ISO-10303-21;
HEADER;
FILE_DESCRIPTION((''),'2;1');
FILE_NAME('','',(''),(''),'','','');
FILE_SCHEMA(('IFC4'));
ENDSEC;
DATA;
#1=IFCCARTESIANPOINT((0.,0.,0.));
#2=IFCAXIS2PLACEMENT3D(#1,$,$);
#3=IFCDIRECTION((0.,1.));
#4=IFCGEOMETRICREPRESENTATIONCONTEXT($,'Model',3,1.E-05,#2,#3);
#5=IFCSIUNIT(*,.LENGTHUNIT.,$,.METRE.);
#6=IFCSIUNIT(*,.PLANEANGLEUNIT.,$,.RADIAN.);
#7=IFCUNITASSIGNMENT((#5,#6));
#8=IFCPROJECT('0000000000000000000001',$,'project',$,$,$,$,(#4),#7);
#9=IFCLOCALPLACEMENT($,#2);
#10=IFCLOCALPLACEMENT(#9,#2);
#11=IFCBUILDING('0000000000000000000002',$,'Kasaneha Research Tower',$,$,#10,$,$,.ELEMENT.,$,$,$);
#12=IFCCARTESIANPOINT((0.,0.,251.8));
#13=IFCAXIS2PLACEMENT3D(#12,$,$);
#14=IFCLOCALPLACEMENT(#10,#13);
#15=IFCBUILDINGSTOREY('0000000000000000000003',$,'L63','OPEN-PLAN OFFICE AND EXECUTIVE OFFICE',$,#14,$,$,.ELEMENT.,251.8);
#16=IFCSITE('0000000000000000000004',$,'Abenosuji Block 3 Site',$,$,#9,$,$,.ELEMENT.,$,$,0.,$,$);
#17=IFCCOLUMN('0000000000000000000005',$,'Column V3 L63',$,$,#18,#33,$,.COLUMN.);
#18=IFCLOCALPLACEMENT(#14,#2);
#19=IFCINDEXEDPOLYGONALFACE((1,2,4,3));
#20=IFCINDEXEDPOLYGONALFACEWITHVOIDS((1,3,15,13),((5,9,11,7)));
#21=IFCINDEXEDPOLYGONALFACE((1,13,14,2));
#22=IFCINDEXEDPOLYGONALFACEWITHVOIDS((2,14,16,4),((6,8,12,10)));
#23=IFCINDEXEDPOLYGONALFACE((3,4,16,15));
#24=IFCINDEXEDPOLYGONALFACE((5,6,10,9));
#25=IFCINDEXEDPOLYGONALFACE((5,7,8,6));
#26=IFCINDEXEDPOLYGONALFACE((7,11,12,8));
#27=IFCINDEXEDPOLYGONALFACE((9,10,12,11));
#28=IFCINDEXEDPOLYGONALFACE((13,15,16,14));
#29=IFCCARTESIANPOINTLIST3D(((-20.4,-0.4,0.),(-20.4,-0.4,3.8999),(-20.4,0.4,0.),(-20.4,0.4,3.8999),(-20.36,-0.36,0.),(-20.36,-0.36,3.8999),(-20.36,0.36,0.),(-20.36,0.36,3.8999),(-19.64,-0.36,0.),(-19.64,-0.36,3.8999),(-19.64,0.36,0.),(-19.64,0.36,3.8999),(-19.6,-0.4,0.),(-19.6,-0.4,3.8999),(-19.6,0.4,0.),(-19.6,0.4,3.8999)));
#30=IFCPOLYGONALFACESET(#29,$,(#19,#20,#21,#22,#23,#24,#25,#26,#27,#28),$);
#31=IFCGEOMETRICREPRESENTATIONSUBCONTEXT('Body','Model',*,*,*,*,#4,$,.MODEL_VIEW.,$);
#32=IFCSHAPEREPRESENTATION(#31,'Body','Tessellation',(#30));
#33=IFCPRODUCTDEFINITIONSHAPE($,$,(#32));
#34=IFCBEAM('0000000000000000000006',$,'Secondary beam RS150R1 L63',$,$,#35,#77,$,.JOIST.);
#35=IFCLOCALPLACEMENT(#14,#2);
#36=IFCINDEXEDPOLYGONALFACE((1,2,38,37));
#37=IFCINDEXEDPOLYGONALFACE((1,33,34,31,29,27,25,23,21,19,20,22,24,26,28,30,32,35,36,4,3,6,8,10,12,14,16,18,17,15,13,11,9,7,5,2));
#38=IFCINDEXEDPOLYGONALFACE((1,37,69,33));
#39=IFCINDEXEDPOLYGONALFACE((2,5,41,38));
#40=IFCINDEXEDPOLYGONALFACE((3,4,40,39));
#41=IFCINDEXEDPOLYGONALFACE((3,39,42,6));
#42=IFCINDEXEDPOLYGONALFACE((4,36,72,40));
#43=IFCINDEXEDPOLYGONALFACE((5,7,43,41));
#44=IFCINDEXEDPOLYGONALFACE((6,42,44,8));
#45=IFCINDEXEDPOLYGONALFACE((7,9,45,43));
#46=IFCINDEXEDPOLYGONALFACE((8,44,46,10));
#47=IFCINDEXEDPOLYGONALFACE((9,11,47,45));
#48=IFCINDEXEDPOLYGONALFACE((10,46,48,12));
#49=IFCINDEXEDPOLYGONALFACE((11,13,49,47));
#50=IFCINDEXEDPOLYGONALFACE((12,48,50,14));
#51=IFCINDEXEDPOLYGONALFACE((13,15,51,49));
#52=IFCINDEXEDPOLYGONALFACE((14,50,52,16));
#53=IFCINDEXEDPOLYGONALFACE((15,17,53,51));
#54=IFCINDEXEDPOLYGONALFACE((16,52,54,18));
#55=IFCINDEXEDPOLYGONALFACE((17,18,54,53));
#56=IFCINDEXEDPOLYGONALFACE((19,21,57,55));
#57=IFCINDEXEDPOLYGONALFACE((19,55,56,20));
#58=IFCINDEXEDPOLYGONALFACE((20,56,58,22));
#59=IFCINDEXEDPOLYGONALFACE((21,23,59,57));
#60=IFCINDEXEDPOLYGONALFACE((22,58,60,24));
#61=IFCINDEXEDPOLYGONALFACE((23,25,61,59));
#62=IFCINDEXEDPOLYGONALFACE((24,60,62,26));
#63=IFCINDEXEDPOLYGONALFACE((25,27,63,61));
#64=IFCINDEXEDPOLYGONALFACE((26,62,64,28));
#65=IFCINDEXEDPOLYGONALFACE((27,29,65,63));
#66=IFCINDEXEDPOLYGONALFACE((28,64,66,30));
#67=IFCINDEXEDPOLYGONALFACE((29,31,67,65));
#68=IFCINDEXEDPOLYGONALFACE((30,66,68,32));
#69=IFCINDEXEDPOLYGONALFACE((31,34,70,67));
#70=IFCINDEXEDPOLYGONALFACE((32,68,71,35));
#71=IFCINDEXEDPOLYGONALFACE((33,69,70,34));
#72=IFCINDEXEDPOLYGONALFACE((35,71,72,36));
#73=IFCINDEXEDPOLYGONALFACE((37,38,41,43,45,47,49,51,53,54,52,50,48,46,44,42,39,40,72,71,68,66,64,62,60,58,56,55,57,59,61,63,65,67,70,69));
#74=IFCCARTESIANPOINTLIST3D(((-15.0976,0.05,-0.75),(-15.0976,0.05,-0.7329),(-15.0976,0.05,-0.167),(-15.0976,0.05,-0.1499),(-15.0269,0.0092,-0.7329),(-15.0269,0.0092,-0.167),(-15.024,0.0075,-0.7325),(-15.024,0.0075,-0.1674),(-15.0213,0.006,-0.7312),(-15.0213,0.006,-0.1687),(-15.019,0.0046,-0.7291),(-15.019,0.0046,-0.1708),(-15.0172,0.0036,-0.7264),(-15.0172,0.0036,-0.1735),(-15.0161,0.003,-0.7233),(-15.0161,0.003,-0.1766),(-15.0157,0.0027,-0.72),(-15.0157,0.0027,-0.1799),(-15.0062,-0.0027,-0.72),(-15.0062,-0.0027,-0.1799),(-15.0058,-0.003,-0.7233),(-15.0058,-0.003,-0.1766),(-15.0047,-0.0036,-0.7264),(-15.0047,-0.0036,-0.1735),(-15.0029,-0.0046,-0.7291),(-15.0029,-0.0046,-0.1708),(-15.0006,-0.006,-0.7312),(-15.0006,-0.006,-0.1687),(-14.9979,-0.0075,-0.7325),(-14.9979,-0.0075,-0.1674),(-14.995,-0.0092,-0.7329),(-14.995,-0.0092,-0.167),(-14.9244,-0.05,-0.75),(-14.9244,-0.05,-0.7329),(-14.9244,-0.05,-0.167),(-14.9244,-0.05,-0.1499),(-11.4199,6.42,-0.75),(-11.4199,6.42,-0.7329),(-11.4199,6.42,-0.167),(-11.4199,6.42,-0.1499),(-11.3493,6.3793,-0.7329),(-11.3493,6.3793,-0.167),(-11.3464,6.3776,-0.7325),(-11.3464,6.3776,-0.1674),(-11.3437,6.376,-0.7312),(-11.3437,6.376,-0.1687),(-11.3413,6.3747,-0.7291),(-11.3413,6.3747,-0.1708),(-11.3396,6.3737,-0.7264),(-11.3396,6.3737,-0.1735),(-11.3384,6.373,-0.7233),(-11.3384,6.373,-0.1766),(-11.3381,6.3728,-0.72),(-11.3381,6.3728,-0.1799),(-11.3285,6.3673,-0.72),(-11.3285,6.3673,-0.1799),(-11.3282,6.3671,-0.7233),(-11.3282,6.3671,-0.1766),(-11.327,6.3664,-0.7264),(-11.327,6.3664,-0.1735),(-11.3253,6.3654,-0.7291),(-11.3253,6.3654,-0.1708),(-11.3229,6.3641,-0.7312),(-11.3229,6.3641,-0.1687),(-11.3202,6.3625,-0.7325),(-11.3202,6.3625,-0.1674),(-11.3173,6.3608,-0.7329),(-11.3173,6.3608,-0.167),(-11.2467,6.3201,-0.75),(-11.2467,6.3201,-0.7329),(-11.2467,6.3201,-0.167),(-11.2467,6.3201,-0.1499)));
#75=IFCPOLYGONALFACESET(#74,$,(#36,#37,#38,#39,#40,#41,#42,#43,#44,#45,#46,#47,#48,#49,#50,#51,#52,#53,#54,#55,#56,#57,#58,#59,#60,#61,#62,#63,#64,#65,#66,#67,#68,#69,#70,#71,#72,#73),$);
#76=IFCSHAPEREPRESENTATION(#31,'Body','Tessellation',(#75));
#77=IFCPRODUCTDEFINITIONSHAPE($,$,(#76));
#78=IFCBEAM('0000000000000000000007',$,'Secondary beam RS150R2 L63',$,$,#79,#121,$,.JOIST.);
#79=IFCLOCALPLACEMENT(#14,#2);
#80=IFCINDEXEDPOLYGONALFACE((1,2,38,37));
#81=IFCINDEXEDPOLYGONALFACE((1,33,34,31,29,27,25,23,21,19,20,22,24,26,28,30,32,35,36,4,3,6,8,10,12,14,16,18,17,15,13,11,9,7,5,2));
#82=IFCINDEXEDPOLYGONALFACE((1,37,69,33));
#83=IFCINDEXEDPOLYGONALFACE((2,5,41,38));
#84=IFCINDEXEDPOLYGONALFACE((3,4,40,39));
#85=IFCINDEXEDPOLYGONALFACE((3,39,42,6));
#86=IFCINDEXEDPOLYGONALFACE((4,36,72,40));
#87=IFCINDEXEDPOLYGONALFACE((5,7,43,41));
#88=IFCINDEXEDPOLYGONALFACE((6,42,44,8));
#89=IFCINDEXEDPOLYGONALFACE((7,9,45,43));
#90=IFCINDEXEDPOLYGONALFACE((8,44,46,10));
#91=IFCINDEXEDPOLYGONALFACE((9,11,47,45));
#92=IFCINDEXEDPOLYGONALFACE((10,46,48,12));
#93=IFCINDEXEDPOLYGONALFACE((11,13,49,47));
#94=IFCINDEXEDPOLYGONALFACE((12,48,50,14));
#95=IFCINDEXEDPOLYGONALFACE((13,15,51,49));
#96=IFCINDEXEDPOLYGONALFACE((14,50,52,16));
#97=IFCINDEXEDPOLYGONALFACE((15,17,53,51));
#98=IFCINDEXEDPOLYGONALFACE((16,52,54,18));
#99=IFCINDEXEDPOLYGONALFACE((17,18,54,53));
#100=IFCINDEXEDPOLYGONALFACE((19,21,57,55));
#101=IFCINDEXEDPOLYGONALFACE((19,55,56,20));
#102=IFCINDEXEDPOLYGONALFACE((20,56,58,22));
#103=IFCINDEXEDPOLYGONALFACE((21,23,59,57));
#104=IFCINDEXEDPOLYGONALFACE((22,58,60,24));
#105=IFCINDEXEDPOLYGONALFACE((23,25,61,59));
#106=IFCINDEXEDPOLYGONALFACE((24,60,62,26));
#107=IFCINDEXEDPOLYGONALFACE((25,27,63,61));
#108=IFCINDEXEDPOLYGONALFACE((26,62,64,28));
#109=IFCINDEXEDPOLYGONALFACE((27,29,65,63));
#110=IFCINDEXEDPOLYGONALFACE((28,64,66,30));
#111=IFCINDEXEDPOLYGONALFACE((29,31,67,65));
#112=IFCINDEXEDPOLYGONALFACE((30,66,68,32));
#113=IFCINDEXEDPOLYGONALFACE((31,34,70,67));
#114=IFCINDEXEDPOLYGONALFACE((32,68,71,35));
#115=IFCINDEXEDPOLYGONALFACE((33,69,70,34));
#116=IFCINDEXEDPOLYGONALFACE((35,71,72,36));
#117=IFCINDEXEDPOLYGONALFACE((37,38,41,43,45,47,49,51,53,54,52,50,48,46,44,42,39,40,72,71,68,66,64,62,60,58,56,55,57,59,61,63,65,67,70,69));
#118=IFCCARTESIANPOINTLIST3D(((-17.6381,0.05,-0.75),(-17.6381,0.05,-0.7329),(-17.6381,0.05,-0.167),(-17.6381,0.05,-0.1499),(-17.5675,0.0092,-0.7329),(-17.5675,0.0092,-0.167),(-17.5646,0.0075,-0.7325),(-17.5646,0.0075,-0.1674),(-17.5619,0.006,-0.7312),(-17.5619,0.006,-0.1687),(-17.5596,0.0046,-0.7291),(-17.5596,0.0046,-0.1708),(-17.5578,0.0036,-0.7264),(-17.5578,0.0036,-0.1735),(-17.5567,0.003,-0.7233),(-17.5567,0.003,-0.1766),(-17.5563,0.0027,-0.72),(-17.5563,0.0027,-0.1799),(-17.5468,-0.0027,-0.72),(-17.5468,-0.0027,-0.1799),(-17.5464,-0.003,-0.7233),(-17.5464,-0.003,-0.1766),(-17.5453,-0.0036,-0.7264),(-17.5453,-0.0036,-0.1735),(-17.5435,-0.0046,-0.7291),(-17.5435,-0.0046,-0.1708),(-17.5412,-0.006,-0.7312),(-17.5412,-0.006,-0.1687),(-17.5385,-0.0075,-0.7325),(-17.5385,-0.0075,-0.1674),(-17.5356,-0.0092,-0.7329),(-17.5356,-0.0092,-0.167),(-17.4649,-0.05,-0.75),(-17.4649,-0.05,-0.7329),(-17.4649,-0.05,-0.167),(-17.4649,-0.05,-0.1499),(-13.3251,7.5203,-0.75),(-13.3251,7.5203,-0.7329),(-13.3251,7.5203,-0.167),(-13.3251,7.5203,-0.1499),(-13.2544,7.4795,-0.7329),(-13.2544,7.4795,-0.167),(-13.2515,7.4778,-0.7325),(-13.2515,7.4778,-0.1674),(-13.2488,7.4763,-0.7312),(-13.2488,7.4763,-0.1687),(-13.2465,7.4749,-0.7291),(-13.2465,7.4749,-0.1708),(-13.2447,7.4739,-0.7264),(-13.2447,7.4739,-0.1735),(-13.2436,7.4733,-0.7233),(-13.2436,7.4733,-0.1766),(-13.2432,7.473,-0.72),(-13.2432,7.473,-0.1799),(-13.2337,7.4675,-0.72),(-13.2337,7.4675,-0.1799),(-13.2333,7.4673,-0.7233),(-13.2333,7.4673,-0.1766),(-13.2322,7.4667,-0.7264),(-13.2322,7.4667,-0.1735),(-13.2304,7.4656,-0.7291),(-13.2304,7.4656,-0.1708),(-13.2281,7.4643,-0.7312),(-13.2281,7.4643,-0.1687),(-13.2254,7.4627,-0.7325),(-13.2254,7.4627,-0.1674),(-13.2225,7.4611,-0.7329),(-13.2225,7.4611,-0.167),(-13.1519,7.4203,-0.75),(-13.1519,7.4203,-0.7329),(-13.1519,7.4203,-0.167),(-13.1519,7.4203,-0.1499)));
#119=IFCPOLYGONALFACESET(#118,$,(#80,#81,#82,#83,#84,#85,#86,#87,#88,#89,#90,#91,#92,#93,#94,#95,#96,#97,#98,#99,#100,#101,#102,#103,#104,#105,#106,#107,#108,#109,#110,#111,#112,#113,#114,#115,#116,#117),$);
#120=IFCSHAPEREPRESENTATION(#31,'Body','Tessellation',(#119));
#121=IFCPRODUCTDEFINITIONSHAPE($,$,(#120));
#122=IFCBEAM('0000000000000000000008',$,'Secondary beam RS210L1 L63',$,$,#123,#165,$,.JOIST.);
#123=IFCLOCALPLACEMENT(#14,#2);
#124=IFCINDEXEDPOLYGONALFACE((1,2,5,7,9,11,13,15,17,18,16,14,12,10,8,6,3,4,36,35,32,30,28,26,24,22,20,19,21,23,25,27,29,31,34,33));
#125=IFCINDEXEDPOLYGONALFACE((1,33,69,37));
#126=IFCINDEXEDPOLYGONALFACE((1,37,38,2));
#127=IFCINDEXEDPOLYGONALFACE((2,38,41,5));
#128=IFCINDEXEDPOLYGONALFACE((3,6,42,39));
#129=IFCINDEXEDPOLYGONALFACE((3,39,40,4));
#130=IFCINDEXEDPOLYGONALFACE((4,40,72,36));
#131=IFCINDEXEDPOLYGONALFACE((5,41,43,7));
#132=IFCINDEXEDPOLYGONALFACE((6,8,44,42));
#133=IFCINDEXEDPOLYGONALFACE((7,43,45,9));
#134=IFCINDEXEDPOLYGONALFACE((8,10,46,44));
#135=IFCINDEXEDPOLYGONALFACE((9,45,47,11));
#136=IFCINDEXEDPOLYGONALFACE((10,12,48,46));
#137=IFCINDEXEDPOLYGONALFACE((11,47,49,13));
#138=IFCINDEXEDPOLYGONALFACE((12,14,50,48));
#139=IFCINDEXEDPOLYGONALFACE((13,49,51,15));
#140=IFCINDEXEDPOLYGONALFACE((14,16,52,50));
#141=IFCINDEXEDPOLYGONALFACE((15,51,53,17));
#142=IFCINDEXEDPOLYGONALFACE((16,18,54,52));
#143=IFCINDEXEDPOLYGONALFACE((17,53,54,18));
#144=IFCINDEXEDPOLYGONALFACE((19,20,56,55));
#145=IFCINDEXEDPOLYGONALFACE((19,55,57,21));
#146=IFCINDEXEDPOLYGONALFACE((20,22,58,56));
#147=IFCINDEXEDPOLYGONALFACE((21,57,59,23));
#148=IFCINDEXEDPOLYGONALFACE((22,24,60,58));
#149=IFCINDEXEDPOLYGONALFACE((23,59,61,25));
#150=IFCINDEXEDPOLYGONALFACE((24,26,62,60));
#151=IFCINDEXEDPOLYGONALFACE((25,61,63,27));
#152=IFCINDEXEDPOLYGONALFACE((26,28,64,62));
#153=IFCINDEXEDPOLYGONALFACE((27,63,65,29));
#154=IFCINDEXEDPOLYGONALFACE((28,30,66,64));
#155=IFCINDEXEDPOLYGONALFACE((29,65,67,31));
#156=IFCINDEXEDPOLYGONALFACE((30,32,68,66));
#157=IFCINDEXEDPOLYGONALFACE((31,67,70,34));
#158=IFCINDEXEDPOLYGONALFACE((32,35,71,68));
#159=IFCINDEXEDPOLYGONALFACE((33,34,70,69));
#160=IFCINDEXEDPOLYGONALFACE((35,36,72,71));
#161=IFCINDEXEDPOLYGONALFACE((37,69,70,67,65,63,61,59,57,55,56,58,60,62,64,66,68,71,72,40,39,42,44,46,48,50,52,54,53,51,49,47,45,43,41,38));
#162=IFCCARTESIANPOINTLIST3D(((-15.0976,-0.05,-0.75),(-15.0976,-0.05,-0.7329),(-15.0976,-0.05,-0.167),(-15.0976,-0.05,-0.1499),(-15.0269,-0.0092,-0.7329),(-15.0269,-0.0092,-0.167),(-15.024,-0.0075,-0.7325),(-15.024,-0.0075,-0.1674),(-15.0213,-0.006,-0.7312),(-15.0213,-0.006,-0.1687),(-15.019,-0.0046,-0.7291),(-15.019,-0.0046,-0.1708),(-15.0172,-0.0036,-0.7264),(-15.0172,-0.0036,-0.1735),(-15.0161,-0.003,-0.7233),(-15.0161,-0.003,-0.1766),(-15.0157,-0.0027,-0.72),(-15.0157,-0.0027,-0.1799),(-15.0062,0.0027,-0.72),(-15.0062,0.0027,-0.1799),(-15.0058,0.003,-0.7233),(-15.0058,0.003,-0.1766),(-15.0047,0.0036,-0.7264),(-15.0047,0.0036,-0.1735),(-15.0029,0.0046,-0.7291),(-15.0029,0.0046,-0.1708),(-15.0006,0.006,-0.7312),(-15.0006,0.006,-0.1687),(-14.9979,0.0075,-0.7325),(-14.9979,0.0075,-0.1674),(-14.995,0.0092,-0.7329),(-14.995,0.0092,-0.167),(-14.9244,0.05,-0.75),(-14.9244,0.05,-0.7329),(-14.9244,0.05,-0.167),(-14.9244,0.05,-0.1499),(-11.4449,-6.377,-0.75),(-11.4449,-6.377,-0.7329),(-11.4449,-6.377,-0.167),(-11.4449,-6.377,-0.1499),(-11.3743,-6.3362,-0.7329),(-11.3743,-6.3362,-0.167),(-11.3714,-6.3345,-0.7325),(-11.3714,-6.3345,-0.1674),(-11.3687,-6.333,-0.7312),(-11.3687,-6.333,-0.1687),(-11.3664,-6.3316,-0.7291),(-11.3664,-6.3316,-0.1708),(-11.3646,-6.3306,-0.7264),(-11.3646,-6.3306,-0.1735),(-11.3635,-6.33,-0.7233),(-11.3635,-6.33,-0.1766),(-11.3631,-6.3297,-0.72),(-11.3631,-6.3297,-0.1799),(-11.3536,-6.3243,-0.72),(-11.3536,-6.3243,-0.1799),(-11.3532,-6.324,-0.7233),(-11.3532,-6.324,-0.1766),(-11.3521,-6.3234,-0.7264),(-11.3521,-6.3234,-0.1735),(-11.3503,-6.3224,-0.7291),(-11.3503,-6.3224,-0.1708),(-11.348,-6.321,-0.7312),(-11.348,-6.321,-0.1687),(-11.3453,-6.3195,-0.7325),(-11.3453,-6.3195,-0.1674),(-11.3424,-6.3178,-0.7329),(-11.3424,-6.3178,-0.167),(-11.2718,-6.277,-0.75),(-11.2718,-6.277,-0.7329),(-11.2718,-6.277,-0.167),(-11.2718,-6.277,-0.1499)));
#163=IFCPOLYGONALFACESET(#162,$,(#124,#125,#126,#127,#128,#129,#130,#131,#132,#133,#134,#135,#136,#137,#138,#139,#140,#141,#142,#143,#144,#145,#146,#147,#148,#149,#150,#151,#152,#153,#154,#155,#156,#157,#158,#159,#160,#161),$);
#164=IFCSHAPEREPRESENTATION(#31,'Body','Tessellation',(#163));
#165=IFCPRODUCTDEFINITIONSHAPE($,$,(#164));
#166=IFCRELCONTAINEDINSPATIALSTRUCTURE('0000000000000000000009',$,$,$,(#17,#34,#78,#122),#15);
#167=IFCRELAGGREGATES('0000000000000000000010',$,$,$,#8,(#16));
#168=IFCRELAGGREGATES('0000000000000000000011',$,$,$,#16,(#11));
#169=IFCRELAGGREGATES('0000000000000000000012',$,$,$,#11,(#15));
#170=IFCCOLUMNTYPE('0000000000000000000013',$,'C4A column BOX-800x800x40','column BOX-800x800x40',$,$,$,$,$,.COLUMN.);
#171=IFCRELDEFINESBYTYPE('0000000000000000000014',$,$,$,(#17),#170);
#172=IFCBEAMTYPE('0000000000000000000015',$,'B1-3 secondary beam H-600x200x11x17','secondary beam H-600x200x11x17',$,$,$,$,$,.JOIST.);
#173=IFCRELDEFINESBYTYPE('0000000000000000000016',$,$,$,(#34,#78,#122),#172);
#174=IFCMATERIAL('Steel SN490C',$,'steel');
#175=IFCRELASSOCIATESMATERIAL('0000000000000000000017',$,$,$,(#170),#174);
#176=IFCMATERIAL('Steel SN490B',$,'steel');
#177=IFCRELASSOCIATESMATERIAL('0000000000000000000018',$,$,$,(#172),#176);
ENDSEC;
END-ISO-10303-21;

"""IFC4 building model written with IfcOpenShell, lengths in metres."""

from ifc_helpers import new_model, si_unit, direction, frame, origin, origin_2d, place, context, subcontext, project, spatial, hollow_rectangle, i_section, extrude, material, material_profile, profile_set, type_object, element, save


model = new_model("IFC4")

# Units and contexts
model_context = context("Model", 3, precision=1e-05, world=origin(), true_north=direction((0.0, 1.0)))
body_context = subcontext(model_context, "Body", "Model", "MODEL_VIEW")
ifc_project = project(units=[si_unit("LENGTHUNIT", "METRE"), si_unit("PLANEANGLEUNIT", "RADIAN")], contexts=[model_context])

# Site, building, storey
site_placement = place(None, origin())
site = spatial("IfcSite", under=ifc_project, at=site_placement, Name="Abenosuji Block 3 Site", CompositionType="ELEMENT", RefElevation=0.0)
building_placement = place(site_placement, origin())
building = spatial("IfcBuilding", under=site, at=building_placement, Name="Kasaneha Research Tower", CompositionType="ELEMENT")
storey_placement = place(building_placement, frame((0.0, 0.0, 251.8)))
storey = spatial("IfcBuildingStorey", under=building, at=storey_placement, Name="L63", Description="OPEN-PLAN OFFICE AND EXECUTIVE OFFICE", CompositionType="ELEMENT", Elevation=251.8)

# Column
ifc_material_1 = material(Name="Steel SN490C", Category="steel")
ifc_material_profile_1 = material_profile(ifc_material_1, hollow_rectangle(XDim=0.8, YDim=0.8, WallThickness=0.04, at=origin_2d()), Name="BOX-800x800x40")
ifc_profile_set_1 = profile_set([ifc_material_profile_1], Name="Steel SN490C")
column_type = type_object("IfcColumnType", Name="C4A column BOX-800x800x40", Description="column BOX-800x800x40", PredefinedType="COLUMN", material=ifc_profile_set_1)
column_placement = place(storey_placement, frame((-20.0, 0.0, 0.0), z_axis=(0.0, 0.0, 1.0), x_axis=(1.0, 0.0, 0.0)))
element("IfcColumn", 1, at=column_placement, inside=storey, type_object=column_type, Name="Column V3 L63", PredefinedType="COLUMN", context=body_context, shape_type="SweptSolid", body=[
    extrude(hollow_rectangle(XDim=0.8, YDim=0.8, WallThickness=0.04, at=origin_2d()), origin(), (0.0, 0.0, 1.0), 3.8999),
])

# Beams
ifc_material_2 = material(Name="Steel SN490B", Category="steel")
ifc_material_profile_2 = material_profile(ifc_material_2, i_section(OverallWidth=0.2, OverallDepth=0.6001, WebThickness=0.011, FlangeThickness=0.0171, FilletRadius=0.0129, at=origin_2d()), Name="H-600x200x11x17")
ifc_profile_set_2 = profile_set([ifc_material_profile_2], Name="Steel SN490B")
beam_type_1 = type_object("IfcBeamType", Name="B1-3 secondary beam H-600x200x11x17", Description="secondary beam H-600x200x11x17", PredefinedType="JOIST", material=ifc_profile_set_2)
beam_1_placement = place(storey_placement, frame((-15.011, 0.0, -0.45), z_axis=(0.499994, 0.866029, 0.0), x_axis=(-0.866029, 0.499994, 0.0)))
element("IfcBeam", 2, at=beam_1_placement, inside=storey, type_object=beam_type_1, Name="Secondary beam RS150R1 L63", PredefinedType="JOIST", context=body_context, shape_type="SweptSolid", body=[
    extrude(i_section(OverallWidth=0.2, OverallDepth=0.6001, WebThickness=0.011, FlangeThickness=0.0171, FilletRadius=0.0129, at=origin_2d()), origin(), (0.0, 0.0, 1.0), 7.3555),
])
beam_2_placement = place(storey_placement, frame((-17.5515, 0.0, -0.45), z_axis=(0.500005, 0.866023, 0.0), x_axis=(-0.866023, 0.500005, 0.0)))
element("IfcBeam", 3, at=beam_2_placement, inside=storey, type_object=beam_type_1, Name="Secondary beam RS150R2 L63", PredefinedType="JOIST", context=body_context, shape_type="SweptSolid", body=[
    extrude(i_section(OverallWidth=0.2, OverallDepth=0.6001, WebThickness=0.011, FlangeThickness=0.0171, FilletRadius=0.0129, at=origin_2d()), origin(), (0.0, 0.0, 1.0), 8.626),
])
beam_3_placement = place(storey_placement, frame((-15.011, 0.0, -0.45), z_axis=(0.499974, -0.86604, 0.0), x_axis=(0.86604, 0.499974, 0.0)))
element("IfcBeam", 4, at=beam_3_placement, inside=storey, type_object=beam_type_1, Name="Secondary beam RS210L1 L63", PredefinedType="JOIST", context=body_context, shape_type="SweptSolid", body=[
    extrude(i_section(OverallWidth=0.2, OverallDepth=0.6001, WebThickness=0.011, FlangeThickness=0.0171, FilletRadius=0.0129, at=origin_2d()), origin(), (0.0, 0.0, 1.0), 7.3057),
])

save(model, "model.ifc")
